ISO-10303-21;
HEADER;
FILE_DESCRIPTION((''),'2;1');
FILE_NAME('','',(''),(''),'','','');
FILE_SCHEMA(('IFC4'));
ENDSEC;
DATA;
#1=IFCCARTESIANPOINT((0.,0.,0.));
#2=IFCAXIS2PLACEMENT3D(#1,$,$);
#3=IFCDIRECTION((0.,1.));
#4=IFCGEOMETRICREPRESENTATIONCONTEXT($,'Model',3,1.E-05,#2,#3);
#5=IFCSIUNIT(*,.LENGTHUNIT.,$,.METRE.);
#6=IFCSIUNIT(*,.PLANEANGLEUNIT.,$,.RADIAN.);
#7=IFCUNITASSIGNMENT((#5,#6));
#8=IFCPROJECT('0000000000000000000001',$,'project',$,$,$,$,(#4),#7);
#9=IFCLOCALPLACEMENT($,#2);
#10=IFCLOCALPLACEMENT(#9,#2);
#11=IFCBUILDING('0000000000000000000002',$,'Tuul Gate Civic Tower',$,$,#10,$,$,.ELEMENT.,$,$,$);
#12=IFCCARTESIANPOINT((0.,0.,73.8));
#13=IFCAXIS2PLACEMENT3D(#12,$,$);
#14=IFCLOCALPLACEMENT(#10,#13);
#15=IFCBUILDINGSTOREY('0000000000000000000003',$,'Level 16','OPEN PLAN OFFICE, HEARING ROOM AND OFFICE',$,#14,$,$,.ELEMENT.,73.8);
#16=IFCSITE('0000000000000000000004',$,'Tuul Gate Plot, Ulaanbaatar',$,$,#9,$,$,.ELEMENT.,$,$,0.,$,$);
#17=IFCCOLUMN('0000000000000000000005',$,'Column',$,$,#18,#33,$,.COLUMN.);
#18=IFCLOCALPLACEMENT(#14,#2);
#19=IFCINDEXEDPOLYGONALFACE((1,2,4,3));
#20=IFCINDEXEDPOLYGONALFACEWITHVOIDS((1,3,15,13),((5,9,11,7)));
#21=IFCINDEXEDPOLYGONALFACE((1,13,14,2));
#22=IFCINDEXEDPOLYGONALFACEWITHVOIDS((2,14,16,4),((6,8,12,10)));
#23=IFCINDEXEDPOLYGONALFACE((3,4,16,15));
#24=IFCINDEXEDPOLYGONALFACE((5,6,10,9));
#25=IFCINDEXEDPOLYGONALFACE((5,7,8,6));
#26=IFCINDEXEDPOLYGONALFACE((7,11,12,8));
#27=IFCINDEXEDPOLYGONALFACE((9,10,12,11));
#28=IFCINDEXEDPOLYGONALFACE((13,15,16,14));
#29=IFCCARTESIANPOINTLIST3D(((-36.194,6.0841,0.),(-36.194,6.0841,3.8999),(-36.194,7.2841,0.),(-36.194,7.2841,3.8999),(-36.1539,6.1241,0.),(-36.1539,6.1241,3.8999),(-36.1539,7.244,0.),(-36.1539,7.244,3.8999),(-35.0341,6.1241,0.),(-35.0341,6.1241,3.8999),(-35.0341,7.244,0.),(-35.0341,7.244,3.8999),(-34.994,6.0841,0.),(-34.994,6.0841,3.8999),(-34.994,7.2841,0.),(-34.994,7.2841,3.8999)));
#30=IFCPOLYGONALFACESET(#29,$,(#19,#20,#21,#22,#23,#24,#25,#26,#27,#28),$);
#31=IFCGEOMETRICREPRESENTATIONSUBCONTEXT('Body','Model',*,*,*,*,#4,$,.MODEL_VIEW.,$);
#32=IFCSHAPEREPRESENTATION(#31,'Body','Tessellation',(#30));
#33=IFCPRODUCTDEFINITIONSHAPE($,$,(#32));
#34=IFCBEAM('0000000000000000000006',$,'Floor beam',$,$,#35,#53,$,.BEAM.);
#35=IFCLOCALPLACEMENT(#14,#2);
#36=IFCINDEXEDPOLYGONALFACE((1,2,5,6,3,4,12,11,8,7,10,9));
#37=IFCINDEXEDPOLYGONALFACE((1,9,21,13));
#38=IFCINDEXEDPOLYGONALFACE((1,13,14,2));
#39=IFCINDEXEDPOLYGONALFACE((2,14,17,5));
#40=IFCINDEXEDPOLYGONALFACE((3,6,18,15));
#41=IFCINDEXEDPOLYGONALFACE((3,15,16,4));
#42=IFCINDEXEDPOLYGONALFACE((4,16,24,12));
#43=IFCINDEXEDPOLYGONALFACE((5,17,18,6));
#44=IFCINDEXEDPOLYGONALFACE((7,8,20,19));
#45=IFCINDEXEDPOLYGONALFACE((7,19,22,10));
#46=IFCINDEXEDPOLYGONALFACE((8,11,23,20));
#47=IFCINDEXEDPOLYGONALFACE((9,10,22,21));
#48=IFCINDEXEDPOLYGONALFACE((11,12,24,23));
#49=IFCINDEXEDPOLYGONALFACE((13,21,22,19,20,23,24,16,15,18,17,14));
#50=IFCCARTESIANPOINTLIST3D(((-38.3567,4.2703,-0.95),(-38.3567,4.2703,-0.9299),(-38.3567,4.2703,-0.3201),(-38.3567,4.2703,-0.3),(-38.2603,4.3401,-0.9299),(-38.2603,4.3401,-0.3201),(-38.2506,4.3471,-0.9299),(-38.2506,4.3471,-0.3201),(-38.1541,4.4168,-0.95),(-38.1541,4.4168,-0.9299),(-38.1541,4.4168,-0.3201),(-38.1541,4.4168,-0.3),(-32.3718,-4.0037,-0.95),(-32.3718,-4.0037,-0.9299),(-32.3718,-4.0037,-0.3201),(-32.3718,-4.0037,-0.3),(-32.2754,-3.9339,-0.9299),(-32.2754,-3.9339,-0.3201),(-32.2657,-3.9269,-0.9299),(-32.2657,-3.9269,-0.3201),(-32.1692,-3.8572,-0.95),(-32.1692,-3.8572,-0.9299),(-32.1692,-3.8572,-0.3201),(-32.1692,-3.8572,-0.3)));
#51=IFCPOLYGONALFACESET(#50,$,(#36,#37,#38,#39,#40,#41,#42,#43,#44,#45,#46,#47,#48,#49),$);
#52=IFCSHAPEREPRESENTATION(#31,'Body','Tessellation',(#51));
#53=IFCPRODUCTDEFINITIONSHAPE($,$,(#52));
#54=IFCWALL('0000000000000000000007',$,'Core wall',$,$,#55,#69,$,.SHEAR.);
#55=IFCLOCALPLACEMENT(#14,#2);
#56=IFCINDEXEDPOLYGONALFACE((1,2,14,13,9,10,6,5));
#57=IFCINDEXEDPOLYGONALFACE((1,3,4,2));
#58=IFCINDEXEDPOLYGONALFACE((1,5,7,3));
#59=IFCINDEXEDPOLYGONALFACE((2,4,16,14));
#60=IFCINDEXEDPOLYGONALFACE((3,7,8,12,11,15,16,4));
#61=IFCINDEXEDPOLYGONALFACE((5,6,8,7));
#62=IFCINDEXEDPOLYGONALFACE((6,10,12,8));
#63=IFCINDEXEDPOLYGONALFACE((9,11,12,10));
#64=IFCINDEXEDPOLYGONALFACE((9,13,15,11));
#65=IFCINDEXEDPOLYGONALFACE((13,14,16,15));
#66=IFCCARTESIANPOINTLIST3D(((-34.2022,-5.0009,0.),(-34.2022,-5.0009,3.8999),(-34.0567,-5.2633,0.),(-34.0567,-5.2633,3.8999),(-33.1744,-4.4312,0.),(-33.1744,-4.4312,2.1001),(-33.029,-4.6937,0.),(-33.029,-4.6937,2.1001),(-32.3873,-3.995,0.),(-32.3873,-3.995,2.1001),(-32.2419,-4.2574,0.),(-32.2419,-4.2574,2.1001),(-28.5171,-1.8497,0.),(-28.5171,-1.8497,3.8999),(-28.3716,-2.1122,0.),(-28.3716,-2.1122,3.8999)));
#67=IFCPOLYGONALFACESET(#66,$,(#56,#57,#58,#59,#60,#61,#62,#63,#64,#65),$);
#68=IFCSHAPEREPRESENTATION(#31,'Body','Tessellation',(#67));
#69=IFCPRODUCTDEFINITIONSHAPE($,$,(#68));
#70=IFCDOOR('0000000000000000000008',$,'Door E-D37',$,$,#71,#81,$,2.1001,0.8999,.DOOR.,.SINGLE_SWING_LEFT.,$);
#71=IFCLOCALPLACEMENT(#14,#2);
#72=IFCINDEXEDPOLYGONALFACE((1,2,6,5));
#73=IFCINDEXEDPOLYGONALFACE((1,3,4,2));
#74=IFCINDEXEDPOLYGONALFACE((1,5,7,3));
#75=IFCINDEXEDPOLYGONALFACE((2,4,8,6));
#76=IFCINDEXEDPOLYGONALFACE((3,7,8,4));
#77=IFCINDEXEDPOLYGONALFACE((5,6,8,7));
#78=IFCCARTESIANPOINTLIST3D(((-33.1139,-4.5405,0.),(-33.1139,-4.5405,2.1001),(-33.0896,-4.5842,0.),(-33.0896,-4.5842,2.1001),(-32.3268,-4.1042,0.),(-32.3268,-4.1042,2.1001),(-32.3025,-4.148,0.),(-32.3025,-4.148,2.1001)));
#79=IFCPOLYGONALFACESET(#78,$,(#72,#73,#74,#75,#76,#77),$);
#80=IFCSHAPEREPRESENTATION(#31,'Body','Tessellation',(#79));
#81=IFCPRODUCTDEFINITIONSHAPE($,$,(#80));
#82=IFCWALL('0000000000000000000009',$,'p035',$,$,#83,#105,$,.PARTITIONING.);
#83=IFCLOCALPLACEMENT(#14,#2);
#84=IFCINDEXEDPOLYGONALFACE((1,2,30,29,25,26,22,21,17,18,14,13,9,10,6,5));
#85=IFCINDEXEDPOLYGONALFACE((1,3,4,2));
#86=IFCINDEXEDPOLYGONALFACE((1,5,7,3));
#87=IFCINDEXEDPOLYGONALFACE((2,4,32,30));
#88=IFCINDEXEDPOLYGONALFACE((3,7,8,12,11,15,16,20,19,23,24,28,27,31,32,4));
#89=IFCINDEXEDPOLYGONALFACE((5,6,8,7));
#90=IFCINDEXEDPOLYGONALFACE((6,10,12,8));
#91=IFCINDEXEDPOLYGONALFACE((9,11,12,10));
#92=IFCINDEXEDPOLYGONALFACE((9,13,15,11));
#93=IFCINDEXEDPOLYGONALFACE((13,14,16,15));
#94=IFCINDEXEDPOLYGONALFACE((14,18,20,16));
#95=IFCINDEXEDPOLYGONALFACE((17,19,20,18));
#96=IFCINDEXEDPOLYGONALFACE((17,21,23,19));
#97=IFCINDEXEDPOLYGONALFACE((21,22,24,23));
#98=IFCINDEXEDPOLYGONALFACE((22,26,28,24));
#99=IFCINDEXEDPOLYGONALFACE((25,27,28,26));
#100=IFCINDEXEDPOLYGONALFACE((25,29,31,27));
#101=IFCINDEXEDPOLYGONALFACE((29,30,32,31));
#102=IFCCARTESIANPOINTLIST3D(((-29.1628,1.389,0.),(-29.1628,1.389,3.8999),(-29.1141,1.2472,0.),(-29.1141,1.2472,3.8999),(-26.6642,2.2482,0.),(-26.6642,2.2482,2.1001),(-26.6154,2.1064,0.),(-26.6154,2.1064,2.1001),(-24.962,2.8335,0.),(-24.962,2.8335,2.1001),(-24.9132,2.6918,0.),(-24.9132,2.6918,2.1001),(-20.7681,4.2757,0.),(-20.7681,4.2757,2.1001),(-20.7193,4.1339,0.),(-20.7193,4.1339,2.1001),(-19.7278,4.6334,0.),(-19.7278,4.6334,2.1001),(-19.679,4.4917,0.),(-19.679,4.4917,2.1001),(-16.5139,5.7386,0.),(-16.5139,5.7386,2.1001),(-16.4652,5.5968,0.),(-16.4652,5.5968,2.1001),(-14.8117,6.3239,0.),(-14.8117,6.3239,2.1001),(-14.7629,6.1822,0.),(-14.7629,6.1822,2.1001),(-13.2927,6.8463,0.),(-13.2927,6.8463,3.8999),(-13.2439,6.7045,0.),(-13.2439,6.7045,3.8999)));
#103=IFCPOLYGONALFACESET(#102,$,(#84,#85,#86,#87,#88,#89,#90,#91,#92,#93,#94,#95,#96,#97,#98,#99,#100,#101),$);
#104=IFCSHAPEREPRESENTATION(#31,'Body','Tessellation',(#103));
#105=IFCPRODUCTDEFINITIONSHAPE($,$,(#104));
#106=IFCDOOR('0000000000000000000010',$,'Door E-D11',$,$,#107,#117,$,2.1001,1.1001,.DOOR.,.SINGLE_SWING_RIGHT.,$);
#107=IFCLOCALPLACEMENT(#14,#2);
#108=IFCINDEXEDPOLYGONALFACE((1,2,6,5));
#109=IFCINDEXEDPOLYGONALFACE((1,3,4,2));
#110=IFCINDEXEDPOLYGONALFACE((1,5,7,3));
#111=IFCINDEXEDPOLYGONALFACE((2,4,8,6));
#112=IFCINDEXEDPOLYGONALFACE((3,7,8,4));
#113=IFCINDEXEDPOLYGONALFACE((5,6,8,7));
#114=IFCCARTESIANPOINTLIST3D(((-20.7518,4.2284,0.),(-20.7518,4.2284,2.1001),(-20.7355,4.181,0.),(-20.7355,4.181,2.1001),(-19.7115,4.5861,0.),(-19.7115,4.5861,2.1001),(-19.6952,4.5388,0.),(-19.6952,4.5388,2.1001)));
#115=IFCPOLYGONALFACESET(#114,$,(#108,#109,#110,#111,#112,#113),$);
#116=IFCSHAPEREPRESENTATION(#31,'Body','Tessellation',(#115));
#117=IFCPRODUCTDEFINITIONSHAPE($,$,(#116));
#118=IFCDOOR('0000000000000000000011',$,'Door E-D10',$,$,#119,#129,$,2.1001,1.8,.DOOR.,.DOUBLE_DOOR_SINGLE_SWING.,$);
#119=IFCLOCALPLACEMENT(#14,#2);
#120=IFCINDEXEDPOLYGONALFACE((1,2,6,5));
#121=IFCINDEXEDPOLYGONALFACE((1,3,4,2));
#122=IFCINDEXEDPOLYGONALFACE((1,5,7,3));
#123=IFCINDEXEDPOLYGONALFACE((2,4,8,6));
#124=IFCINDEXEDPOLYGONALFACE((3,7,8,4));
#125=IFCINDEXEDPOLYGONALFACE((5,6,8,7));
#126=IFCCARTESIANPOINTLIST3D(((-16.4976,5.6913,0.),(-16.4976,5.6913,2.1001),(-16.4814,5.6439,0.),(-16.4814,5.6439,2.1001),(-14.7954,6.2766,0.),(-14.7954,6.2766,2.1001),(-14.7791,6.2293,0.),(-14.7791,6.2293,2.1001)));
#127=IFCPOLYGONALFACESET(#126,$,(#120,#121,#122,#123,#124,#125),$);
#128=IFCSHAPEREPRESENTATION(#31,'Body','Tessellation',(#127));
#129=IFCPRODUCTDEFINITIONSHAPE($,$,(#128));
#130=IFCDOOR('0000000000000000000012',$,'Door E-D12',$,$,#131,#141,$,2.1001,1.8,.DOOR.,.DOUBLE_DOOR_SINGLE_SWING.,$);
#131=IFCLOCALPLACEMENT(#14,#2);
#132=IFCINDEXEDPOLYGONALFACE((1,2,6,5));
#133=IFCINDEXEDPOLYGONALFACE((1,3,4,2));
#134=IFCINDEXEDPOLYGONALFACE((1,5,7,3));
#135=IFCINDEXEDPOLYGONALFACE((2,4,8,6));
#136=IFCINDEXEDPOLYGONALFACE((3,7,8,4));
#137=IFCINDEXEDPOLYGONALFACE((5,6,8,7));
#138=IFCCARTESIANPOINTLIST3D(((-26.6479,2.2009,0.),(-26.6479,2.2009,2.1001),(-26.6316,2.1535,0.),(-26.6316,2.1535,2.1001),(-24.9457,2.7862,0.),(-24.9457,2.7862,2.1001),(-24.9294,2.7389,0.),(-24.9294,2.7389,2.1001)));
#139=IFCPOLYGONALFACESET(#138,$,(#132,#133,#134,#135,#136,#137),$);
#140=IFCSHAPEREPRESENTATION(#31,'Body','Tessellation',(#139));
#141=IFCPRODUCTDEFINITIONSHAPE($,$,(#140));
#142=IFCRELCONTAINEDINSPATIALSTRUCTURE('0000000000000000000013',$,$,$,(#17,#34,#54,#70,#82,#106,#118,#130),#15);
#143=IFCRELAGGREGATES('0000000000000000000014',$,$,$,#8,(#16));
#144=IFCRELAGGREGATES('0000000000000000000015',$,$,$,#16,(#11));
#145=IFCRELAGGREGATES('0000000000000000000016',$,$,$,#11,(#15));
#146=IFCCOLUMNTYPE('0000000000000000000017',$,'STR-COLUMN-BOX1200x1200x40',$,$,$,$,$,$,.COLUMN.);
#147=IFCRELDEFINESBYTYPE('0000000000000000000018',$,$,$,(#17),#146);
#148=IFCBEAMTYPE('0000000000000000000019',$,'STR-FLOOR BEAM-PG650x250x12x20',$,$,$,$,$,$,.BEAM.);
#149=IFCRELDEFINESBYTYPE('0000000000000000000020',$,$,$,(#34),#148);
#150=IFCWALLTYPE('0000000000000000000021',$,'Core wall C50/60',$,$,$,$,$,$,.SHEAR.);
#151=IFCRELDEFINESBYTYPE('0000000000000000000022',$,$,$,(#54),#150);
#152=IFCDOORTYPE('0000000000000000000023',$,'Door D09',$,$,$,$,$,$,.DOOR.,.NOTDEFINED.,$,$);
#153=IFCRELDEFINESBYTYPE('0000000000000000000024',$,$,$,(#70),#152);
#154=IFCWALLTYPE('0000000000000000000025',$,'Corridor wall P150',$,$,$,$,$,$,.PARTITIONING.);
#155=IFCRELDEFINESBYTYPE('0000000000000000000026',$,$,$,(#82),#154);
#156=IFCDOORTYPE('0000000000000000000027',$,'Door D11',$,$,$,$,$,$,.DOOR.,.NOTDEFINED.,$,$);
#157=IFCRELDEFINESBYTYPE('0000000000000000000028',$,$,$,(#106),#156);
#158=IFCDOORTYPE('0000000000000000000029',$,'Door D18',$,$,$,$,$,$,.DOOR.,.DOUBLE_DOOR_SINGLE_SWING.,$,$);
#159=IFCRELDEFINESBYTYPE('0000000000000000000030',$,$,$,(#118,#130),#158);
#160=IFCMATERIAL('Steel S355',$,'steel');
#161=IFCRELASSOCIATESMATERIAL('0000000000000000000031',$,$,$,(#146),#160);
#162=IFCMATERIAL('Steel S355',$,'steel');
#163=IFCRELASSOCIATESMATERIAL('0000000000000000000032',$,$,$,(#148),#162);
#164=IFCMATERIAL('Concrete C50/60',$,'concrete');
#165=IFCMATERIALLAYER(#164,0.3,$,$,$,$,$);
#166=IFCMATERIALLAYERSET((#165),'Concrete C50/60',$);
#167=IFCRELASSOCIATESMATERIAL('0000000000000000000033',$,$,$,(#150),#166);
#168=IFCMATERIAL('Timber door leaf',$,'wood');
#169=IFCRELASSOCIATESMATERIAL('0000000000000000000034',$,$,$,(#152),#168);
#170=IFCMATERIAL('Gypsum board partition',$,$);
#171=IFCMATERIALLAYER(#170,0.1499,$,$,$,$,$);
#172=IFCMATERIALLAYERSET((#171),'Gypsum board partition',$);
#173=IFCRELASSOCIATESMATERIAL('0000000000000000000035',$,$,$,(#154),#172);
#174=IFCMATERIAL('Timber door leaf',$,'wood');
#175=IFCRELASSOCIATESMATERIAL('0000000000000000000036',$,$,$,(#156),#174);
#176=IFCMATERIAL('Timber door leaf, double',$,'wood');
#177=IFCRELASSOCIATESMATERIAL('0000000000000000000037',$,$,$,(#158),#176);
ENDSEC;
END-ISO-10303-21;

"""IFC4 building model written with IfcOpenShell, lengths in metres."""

from ifc_helpers import new_model, si_unit, direction, frame, frame_2d, origin, origin_2d, place, context, subcontext, project, spatial, rectangle, hollow_rectangle, i_section, extrude, material, layer, layer_set, material_profile, profile_set, type_object, element, fill, save


model = new_model("IFC4")

# Units and contexts
model_context = context("Model", 3, precision=1e-05, world=origin(), true_north=direction((0.0, 1.0)))
body_context = subcontext(model_context, "Body", "Model", "MODEL_VIEW")
ifc_project = project(units=[si_unit("LENGTHUNIT", "METRE"), si_unit("PLANEANGLEUNIT", "RADIAN")], contexts=[model_context])

# Site, building, storey
site_placement = place(None, origin())
site = spatial("IfcSite", under=ifc_project, at=site_placement, Name="Tuul Gate Plot, Ulaanbaatar", CompositionType="ELEMENT", RefElevation=0.0)
building_placement = place(site_placement, origin())
building = spatial("IfcBuilding", under=site, at=building_placement, Name="Tuul Gate Civic Tower", CompositionType="ELEMENT")
storey_placement = place(building_placement, frame((0.0, 0.0, 73.8)))
storey = spatial("IfcBuildingStorey", under=building, at=storey_placement, Name="Level 16", Description="OPEN PLAN OFFICE, HEARING ROOM AND OFFICE", CompositionType="ELEMENT", Elevation=73.8)

# Column
ifc_material_1 = material(Name="Steel S355", Category="steel")
ifc_material_profile_1 = material_profile(ifc_material_1, hollow_rectangle(XDim=1.2, YDim=1.2, WallThickness=0.04, at=origin_2d()), Name="BOX1200x1200x40")
ifc_profile_set_1 = profile_set([ifc_material_profile_1], Name="Steel S355")
column_type = type_object("IfcColumnType", Name="STR-COLUMN-BOX1200x1200x40", PredefinedType="COLUMN", material=ifc_profile_set_1)
column_placement = place(storey_placement, frame((-35.594, 6.6841, 0.0), z_axis=(0.0, 0.0, 1.0), x_axis=(1.0, 0.0, 0.0)))
element("IfcColumn", 1, at=column_placement, inside=storey, type_object=column_type, Name="Column", PredefinedType="COLUMN", context=body_context, shape_type="SweptSolid", body=[
    extrude(hollow_rectangle(XDim=1.2, YDim=1.2, WallThickness=0.04, at=origin_2d()), origin(), (0.0, 0.0, 1.0), 3.8999),
])

# Beam
ifc_material_2 = material(Name="Steel S355", Category="steel")
ifc_material_profile_2 = material_profile(ifc_material_2, i_section(OverallWidth=0.25, OverallDepth=0.6499, WebThickness=0.012, FlangeThickness=0.02, at=origin_2d()), Name="PG650x250x12x20")
ifc_profile_set_2 = profile_set([ifc_material_profile_2], Name="Steel S355")
beam_type = type_object("IfcBeamType", Name="STR-FLOOR BEAM-PG650x250x12x20", PredefinedType="BEAM", material=ifc_profile_set_2)
beam_placement = place(storey_placement, frame((-32.2705, -3.9304, -0.625), z_axis=(-0.586086, 0.810249, 0.0), x_axis=(-0.810249, -0.586086, 0.0)))
element("IfcBeam", 2, at=beam_placement, inside=storey, type_object=beam_type, Name="Floor beam", PredefinedType="BEAM", context=body_context, shape_type="SweptSolid", body=[
    extrude(i_section(OverallWidth=0.25, OverallDepth=0.6499, WebThickness=0.012, FlangeThickness=0.02, at=origin_2d()), origin(), (0.0, 0.0, 1.0), 10.2117),
])

# Wall, opening, door
ifc_material_3 = material(Name="Concrete C50/60", Category="concrete")
ifc_layer_1 = layer(ifc_material_3, 0.3)
ifc_layer_set_1 = layer_set([ifc_layer_1], Name="Concrete C50/60")
wall_type_1 = type_object("IfcWallType", Name="Core wall C50/60", PredefinedType="SHEAR", material=ifc_layer_set_1)
wall_1_placement = place(storey_placement, frame((-28.4443, -1.981, 0.0), z_axis=(0.0, 0.0, 1.0), x_axis=(-0.87463, -0.484791, 0.0)))
wall_1 = element("IfcWall", 3, at=wall_1_placement, inside=storey, type_object=wall_type_1, Name="Core wall", PredefinedType="SHEAR", context=body_context, shape_type="SweptSolid", body=[
    extrude(rectangle(XDim=6.5, YDim=0.3, at=frame_2d((3.25, 0.0))), origin(), (0.0, 0.0, 1.0), 3.8999),
])
opening_1_placement = place(wall_1_placement, frame((4.425, 0.0, 0.0)))
opening_1 = element("IfcOpeningElement", 4, at=opening_1_placement, cuts=wall_1, PredefinedType="OPENING", context=body_context, shape_type="SweptSolid", body=[
    extrude(rectangle(XDim=0.8999, YDim=2.1001, at=frame_2d((0.45, 1.05))), frame((0.0, 0.1602, 0.0), z_axis=(0.0, -1.0, 0.0), x_axis=(1.0, 0.0, 0.0)), (0.0, 0.0, 1.0), 0.3201),
])
ifc_material_4 = material(Name="Timber door leaf", Category="wood")
door_type_1 = type_object("IfcDoorType", Name="Door D09", OperationType="NOTDEFINED", PredefinedType="DOOR", material=ifc_material_4)
door_1_placement = place(opening_1_placement, origin())
door_1 = element("IfcDoor", 5, at=door_1_placement, inside=storey, type_object=door_type_1, Name="Door E-D37", OperationType="SINGLE_SWING_LEFT", OverallHeight=2.1001, OverallWidth=0.8999, PredefinedType="DOOR", context=body_context, shape_type="SweptSolid", body=[
    extrude(rectangle(XDim=0.8999, YDim=2.1001, at=frame_2d((0.45, 1.05))), frame((0.0, 0.0249, 0.0), z_axis=(0.0, -1.0, 0.0), x_axis=(1.0, 0.0, 0.0)), (0.0, 0.0, 1.0), 0.05),
])
fill(opening_1, door_1)

# Wall, openings, doors
ifc_material_5 = material(Name="Gypsum board partition")
ifc_layer_2 = layer(ifc_material_5, 0.1499)
ifc_layer_set_2 = layer_set([ifc_layer_2], Name="Gypsum board partition")
wall_type_2 = type_object("IfcWallType", Name="Corridor wall P150", PredefinedType="PARTITIONING", material=ifc_layer_set_2)
wall_2_placement = place(storey_placement, frame((-29.1384, 1.3181, 0.0), z_axis=(0.0, 0.0, 1.0), x_axis=(0.945651, 0.325182, 0.0)))
wall_2 = element("IfcWall", 6, at=wall_2_placement, inside=storey, type_object=wall_type_2, Name="p035", PredefinedType="PARTITIONING", context=body_context, shape_type="SweptSolid", body=[
    extrude(rectangle(XDim=16.7822, YDim=0.1499, at=frame_2d((8.3911, 0.0))), origin(), (0.0, 0.0, 1.0), 3.8999),
])
opening_2_placement = place(wall_2_placement, frame((13.376, 0.0, 0.0)))
opening_2 = element("IfcOpeningElement", 7, at=opening_2_placement, cuts=wall_2, PredefinedType="OPENING", context=body_context, shape_type="SweptSolid", body=[
    extrude(rectangle(XDim=1.8, YDim=2.1001, at=frame_2d((0.8999, 1.05))), frame((0.0, 0.085, 0.0), z_axis=(0.0, -1.0, 0.0), x_axis=(1.0, 0.0, 0.0)), (0.0, 0.0, 1.0), 0.1699),
])
opening_3_placement = place(wall_2_placement, frame((8.8772, 0.0, 0.0)))
opening_3 = element("IfcOpeningElement", 8, at=opening_3_placement, cuts=wall_2, PredefinedType="OPENING", context=body_context, shape_type="SweptSolid", body=[
    extrude(rectangle(XDim=1.1001, YDim=2.1001, at=frame_2d((0.55, 1.05))), frame((0.0, 0.085, 0.0), z_axis=(0.0, -1.0, 0.0), x_axis=(1.0, 0.0, 0.0)), (0.0, 0.0, 1.0), 0.1699),
])
opening_4_placement = place(wall_2_placement, frame((2.6423, 0.0, 0.0)))
opening_4 = element("IfcOpeningElement", 9, at=opening_4_placement, cuts=wall_2, PredefinedType="OPENING", context=body_context, shape_type="SweptSolid", body=[
    extrude(rectangle(XDim=1.8, YDim=2.1001, at=frame_2d((0.8999, 1.05))), frame((0.0, 0.085, 0.0), z_axis=(0.0, -1.0, 0.0), x_axis=(1.0, 0.0, 0.0)), (0.0, 0.0, 1.0), 0.1699),
])
ifc_material_6 = material(Name="Timber door leaf", Category="wood")
door_type_2 = type_object("IfcDoorType", Name="Door D11", OperationType="NOTDEFINED", PredefinedType="DOOR", material=ifc_material_6)
door_2_placement = place(opening_3_placement, origin())
door_2 = element("IfcDoor", 10, at=door_2_placement, inside=storey, type_object=door_type_2, Name="Door E-D11", OperationType="SINGLE_SWING_RIGHT", OverallHeight=2.1001, OverallWidth=1.1001, PredefinedType="DOOR", context=body_context, shape_type="SweptSolid", body=[
    extrude(rectangle(XDim=1.1001, YDim=2.1001, at=frame_2d((0.55, 1.05))), frame((0.0, 0.0249, 0.0), z_axis=(0.0, -1.0, 0.0), x_axis=(1.0, 0.0, 0.0)), (0.0, 0.0, 1.0), 0.05),
])
fill(opening_3, door_2)
ifc_material_7 = material(Name="Timber door leaf, double", Category="wood")
door_type_3 = type_object("IfcDoorType", Name="Door D18", OperationType="DOUBLE_DOOR_SINGLE_SWING", PredefinedType="DOOR", material=ifc_material_7)
door_3_placement = place(opening_2_placement, origin())
door_3 = element("IfcDoor", 11, at=door_3_placement, inside=storey, type_object=door_type_3, Name="Door E-D10", OperationType="DOUBLE_DOOR_SINGLE_SWING", OverallHeight=2.1001, OverallWidth=1.8, PredefinedType="DOOR", context=body_context, shape_type="SweptSolid", body=[
    extrude(rectangle(XDim=1.8, YDim=2.1001, at=frame_2d((0.8999, 1.05))), frame((0.0, 0.0249, 0.0), z_axis=(0.0, -1.0, 0.0), x_axis=(1.0, 0.0, 0.0)), (0.0, 0.0, 1.0), 0.05),
])
fill(opening_2, door_3)
door_4_placement = place(opening_4_placement, origin())
door_4 = element("IfcDoor", 12, at=door_4_placement, inside=storey, type_object=door_type_3, Name="Door E-D12", OperationType="DOUBLE_DOOR_SINGLE_SWING", OverallHeight=2.1001, OverallWidth=1.8, PredefinedType="DOOR", context=body_context, shape_type="SweptSolid", body=[
    extrude(rectangle(XDim=1.8, YDim=2.1001, at=frame_2d((0.8999, 1.05))), frame((0.0, 0.0249, 0.0), z_axis=(0.0, -1.0, 0.0), x_axis=(1.0, 0.0, 0.0)), (0.0, 0.0, 1.0), 0.05),
])
fill(opening_4, door_4)

save(model, "model.ifc")
